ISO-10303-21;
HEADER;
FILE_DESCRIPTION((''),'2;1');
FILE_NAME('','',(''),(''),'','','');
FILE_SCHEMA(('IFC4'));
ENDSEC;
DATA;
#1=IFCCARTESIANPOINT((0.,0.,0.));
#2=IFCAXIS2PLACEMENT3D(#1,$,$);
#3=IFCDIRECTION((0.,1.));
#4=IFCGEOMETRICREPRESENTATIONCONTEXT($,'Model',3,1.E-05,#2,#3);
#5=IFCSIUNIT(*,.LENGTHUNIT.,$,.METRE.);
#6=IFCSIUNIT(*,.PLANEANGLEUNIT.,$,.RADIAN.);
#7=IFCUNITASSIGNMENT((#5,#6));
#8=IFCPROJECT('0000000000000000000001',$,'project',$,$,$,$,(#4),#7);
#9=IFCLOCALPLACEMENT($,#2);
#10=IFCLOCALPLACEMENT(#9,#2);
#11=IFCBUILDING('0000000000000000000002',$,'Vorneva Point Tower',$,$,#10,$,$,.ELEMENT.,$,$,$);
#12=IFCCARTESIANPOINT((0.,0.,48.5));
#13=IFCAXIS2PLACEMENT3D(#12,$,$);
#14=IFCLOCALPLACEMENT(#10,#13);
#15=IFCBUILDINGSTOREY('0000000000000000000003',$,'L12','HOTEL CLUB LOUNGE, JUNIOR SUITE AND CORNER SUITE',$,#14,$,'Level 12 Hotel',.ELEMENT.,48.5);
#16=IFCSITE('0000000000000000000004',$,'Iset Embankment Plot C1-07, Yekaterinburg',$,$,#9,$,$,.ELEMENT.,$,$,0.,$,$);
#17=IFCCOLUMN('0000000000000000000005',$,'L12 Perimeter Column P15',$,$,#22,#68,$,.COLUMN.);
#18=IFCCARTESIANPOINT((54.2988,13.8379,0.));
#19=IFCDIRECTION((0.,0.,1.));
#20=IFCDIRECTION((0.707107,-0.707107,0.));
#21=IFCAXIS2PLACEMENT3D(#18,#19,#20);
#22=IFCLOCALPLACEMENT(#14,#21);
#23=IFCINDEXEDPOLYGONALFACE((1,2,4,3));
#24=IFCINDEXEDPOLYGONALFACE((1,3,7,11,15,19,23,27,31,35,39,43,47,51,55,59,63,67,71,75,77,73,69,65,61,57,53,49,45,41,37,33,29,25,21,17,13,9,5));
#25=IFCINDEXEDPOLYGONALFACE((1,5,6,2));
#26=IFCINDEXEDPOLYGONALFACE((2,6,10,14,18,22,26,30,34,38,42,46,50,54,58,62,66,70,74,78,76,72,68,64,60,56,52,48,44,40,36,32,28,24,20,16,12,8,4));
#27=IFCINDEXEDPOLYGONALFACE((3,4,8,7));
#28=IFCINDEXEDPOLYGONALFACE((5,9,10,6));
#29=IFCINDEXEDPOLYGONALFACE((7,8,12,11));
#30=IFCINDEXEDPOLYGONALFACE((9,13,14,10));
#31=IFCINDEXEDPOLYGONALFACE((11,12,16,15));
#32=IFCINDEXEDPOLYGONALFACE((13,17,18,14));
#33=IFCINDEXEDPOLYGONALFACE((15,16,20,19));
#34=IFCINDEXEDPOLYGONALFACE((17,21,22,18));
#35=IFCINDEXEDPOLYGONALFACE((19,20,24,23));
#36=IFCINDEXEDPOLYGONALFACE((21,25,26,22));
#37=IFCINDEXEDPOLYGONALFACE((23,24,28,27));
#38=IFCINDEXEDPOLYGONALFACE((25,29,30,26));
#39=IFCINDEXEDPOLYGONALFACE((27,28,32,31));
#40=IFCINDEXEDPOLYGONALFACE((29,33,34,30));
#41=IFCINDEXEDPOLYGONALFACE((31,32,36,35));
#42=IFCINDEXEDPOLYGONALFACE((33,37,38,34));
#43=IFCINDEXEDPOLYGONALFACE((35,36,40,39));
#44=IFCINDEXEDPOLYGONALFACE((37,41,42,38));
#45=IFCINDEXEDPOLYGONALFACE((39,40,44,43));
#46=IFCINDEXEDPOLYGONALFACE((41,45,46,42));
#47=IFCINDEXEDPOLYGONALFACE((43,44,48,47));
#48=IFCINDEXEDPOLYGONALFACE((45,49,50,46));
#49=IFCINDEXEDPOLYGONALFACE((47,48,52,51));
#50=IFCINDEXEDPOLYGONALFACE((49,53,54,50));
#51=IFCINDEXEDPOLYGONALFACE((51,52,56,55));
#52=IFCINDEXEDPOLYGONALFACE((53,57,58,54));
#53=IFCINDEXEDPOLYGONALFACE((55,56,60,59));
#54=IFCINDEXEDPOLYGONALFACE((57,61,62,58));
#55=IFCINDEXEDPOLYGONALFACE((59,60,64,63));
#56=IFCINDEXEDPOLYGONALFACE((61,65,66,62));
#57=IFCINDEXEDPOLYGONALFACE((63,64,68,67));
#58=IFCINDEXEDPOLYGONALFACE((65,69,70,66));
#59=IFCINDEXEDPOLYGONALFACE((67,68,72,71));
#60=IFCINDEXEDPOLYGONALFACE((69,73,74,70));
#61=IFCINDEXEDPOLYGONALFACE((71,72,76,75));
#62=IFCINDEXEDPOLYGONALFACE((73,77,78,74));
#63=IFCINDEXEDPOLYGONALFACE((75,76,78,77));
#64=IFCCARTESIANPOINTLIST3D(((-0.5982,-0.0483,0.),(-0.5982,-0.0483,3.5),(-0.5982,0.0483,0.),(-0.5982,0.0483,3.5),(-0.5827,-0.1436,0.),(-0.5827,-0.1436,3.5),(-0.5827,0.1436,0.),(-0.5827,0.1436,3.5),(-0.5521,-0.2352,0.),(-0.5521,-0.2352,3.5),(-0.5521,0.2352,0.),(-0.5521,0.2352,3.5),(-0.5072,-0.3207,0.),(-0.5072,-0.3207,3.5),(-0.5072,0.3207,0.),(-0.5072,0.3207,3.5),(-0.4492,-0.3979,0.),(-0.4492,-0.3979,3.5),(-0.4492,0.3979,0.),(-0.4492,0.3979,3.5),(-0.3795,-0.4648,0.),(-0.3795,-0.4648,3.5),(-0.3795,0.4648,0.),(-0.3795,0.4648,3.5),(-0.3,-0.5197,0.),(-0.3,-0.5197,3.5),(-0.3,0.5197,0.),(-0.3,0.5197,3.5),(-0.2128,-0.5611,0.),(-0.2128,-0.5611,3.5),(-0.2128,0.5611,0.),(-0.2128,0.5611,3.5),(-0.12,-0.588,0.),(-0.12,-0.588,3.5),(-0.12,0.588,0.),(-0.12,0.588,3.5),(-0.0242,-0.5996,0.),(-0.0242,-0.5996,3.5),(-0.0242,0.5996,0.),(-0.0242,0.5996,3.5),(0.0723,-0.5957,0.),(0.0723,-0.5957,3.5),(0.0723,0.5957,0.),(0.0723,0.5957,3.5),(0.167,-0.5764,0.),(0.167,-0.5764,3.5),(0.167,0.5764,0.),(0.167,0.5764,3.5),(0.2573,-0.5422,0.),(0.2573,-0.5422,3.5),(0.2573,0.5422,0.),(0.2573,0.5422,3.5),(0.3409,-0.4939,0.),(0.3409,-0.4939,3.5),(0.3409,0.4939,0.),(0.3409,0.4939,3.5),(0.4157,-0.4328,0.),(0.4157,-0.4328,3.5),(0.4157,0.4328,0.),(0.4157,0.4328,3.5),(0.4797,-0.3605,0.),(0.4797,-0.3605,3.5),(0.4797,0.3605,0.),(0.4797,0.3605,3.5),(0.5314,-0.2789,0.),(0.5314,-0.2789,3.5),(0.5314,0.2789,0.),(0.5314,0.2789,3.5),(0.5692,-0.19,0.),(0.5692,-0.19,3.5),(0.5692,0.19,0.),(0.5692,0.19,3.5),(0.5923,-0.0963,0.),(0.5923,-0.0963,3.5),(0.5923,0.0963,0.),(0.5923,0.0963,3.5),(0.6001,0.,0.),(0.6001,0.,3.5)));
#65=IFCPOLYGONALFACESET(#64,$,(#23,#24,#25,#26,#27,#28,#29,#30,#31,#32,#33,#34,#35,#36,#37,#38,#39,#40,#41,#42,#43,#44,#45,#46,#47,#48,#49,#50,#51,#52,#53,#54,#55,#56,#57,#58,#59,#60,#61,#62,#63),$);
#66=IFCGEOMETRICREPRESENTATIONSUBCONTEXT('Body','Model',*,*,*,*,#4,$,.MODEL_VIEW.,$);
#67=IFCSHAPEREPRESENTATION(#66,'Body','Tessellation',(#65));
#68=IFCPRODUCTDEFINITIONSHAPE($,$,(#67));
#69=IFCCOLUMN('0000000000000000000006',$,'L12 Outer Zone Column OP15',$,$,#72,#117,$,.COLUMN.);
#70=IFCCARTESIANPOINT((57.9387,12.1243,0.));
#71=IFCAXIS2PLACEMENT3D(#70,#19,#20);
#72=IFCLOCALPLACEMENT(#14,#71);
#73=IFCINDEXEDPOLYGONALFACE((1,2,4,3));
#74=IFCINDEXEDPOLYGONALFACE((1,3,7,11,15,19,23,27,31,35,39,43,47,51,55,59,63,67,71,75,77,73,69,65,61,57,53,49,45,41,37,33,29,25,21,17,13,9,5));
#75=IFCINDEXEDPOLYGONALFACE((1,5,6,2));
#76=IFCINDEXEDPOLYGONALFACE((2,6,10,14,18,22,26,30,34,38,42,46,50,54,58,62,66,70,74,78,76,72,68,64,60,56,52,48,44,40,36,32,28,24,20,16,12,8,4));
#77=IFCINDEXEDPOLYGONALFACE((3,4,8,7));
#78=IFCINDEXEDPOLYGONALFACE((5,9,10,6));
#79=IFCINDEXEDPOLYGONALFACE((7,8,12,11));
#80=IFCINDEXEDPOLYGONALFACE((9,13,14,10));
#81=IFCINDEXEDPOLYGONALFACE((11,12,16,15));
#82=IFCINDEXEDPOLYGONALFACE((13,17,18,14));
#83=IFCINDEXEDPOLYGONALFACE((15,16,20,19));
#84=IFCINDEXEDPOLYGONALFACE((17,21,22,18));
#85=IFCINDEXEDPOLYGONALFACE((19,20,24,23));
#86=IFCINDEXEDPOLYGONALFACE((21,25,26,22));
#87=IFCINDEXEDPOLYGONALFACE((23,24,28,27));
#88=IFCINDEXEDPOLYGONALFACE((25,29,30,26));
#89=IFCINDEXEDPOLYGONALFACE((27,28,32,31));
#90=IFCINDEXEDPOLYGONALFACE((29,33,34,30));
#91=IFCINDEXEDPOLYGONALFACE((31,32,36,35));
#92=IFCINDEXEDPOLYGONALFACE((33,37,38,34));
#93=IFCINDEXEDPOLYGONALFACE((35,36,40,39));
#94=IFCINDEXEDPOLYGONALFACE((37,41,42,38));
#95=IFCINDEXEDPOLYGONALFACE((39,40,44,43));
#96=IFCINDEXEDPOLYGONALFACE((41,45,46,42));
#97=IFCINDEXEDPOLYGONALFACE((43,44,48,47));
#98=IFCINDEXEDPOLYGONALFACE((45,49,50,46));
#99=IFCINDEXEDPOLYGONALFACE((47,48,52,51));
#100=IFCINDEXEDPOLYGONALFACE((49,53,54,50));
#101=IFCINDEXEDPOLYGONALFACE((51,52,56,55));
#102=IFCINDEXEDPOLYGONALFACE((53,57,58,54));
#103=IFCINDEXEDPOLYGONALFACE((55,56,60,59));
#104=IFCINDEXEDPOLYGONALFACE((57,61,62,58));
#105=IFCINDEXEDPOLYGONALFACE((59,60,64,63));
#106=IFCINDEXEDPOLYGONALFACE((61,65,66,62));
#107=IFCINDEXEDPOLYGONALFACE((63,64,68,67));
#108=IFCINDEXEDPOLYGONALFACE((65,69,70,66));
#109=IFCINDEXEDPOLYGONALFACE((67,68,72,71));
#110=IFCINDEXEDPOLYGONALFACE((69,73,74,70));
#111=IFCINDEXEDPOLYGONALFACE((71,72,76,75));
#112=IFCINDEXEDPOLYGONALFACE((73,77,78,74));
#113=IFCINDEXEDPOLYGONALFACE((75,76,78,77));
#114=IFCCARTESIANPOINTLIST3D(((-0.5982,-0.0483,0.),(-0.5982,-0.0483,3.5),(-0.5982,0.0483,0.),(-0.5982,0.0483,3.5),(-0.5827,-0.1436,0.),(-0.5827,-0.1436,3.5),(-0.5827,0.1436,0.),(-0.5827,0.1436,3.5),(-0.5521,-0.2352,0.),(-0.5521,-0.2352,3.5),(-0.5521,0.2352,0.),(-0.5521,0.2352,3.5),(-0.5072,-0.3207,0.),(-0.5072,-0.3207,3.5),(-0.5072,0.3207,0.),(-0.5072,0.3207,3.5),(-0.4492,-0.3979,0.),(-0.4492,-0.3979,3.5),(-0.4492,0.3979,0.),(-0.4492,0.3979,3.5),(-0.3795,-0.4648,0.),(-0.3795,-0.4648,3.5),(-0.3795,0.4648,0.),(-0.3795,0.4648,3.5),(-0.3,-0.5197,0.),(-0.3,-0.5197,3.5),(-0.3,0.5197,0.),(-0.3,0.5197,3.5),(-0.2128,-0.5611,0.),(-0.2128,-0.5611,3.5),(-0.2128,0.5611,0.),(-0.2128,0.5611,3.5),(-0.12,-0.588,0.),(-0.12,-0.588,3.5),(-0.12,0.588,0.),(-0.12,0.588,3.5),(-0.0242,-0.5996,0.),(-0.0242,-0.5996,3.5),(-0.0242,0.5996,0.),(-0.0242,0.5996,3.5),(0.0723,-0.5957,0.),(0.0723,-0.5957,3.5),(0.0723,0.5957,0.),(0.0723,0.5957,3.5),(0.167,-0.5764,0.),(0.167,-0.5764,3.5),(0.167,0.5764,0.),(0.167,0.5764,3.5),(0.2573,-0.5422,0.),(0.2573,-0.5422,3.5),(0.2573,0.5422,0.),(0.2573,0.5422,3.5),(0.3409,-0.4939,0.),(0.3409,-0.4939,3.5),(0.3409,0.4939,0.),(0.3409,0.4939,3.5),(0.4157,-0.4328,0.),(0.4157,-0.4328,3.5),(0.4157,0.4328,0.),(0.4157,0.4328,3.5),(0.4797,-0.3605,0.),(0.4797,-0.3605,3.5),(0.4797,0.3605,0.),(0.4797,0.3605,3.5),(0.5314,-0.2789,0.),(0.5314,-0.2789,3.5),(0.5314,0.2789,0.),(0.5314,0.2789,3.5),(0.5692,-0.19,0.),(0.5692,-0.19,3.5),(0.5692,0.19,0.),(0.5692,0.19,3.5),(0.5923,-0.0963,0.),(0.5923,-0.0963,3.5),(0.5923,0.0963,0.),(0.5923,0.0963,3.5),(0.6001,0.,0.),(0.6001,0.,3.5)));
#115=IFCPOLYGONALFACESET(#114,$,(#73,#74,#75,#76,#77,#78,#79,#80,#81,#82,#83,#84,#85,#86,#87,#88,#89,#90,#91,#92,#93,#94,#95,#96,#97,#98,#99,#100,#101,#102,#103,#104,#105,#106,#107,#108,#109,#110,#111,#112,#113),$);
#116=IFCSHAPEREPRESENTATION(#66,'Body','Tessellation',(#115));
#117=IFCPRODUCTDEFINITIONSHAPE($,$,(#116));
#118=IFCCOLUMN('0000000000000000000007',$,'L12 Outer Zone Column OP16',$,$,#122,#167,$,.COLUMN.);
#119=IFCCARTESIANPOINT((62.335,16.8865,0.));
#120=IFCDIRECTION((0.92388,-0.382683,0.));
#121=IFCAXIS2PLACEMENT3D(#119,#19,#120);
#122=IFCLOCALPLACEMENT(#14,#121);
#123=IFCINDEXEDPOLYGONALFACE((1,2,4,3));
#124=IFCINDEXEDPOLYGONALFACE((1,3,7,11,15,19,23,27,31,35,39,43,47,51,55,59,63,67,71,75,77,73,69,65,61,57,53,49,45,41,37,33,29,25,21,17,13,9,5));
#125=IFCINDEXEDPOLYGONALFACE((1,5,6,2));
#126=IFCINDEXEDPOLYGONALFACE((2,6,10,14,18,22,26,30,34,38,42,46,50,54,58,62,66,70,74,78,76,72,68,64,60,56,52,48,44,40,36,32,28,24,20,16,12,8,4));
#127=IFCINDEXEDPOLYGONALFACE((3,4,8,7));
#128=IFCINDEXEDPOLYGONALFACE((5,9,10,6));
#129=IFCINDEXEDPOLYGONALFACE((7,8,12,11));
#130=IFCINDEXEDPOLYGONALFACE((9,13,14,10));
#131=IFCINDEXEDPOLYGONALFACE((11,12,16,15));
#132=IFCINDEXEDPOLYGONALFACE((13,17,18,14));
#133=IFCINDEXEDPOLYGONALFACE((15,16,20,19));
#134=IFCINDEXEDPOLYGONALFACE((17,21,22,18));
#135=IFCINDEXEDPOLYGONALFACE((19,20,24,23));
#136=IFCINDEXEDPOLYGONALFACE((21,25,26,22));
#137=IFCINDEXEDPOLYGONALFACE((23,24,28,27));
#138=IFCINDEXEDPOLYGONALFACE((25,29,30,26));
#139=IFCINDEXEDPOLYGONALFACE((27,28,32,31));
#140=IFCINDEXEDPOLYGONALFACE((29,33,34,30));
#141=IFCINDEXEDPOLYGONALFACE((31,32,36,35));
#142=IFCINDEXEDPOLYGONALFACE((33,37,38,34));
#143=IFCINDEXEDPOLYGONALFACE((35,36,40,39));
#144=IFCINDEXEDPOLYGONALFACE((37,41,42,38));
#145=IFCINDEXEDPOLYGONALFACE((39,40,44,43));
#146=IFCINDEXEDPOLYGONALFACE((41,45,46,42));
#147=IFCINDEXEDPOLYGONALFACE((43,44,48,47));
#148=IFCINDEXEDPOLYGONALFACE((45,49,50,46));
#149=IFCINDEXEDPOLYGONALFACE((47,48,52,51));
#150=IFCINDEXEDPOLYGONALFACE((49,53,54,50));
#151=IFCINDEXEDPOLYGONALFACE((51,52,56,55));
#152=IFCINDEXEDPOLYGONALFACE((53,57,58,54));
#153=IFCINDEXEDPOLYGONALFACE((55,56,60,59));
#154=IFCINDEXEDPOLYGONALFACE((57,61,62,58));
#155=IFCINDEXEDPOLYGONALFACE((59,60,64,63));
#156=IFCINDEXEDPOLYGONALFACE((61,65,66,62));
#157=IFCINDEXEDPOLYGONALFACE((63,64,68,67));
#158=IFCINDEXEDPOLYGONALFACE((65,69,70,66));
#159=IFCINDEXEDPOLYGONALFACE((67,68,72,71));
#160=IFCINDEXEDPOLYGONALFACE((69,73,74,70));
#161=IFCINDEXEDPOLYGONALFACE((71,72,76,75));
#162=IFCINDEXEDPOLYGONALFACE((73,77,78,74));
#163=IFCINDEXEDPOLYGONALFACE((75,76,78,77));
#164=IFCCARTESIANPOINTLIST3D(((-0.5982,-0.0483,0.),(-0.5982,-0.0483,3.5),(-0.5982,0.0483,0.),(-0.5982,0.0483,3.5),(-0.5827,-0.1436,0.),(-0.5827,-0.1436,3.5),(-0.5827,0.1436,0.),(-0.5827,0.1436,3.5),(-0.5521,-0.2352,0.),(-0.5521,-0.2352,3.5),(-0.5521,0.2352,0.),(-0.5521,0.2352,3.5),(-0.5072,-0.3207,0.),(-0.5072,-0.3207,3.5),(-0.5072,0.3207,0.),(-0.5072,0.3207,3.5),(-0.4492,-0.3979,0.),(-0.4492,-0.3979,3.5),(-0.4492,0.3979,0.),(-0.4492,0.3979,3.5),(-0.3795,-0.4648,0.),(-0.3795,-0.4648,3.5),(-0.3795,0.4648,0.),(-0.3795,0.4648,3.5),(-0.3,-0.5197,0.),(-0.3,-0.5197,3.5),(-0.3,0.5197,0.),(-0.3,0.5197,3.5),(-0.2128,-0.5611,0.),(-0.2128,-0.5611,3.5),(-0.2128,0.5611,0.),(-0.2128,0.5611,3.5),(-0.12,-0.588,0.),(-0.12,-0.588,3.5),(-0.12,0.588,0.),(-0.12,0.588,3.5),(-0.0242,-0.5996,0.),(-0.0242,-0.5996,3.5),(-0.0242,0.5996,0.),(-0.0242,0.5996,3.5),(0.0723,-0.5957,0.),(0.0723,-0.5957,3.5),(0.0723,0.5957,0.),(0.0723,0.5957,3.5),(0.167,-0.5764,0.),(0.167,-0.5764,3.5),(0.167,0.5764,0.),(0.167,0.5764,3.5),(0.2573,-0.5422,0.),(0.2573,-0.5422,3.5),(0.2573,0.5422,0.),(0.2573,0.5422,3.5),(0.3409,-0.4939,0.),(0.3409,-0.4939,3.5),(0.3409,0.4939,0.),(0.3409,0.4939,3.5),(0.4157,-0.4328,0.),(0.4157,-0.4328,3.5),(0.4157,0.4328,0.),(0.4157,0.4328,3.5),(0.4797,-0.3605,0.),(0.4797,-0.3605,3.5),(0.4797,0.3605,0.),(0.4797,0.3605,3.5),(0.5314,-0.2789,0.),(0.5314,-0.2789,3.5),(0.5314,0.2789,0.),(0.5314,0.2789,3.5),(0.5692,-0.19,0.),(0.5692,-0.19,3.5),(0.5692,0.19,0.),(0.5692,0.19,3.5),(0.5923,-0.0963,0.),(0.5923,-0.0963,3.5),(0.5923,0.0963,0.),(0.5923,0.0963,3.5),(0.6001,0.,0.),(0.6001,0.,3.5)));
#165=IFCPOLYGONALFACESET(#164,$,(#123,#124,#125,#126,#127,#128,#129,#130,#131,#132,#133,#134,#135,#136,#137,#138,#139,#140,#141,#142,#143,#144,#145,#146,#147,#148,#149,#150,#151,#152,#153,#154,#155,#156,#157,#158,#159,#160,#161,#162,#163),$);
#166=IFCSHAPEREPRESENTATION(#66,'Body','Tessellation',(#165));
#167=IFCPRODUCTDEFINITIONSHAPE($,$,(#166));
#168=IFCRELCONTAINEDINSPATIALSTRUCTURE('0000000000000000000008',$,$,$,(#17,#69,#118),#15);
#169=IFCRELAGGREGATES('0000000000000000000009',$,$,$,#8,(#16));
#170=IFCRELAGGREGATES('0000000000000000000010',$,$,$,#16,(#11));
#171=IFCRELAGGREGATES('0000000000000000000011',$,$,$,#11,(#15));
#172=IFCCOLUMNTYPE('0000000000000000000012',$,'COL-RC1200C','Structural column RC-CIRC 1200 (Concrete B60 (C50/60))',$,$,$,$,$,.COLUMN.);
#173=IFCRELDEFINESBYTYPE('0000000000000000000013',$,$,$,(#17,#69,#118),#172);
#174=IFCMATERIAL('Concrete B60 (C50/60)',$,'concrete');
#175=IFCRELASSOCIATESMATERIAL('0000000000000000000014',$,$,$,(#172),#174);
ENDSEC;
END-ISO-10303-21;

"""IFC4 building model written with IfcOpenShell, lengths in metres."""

from ifc_helpers import new_model, si_unit, direction, frame, origin, origin_2d, place, context, subcontext, project, spatial, circle, extrude, material, material_profile, profile_set, type_object, element, save


model = new_model("IFC4")

# Units and contexts
model_context = context("Model", 3, precision=1e-05, world=origin(), true_north=direction((0.0, 1.0)))
body_context = subcontext(model_context, "Body", "Model", "MODEL_VIEW")
ifc_project = project(units=[si_unit("LENGTHUNIT", "METRE"), si_unit("PLANEANGLEUNIT", "RADIAN")], contexts=[model_context])

# Site, building, storey
site_placement = place(None, origin())
site = spatial("IfcSite", under=ifc_project, at=site_placement, Name="Iset Embankment Plot C1-07, Yekaterinburg", CompositionType="ELEMENT", RefElevation=0.0)
building_placement = place(site_placement, origin())
building = spatial("IfcBuilding", under=site, at=building_placement, Name="Vorneva Point Tower", CompositionType="ELEMENT")
storey_placement = place(building_placement, frame((0.0, 0.0, 48.5)))
storey = spatial("IfcBuildingStorey", under=building, at=storey_placement, Name="L12", Description="HOTEL CLUB LOUNGE, JUNIOR SUITE AND CORNER SUITE", LongName="Level 12 Hotel", CompositionType="ELEMENT", Elevation=48.5)

# Columns
ifc_material_1 = material(Name="Concrete B60 (C50/60)", Category="concrete")
ifc_material_profile_1 = material_profile(ifc_material_1, circle(Radius=0.6001, at=origin_2d()), Name="RC-CIRC 1200")
ifc_profile_set_1 = profile_set([ifc_material_profile_1], Name="Concrete B60 (C50/60)")
column_type_1 = type_object("IfcColumnType", Name="COL-RC1200C", Description="Structural column RC-CIRC 1200 (Concrete B60 (C50/60))", PredefinedType="COLUMN", material=ifc_profile_set_1)
for number, where, z_axis, x_axis, name in (
    (1, (54.2988, 13.8379, 0.0), (0.0, 0.0, 1.0), (0.707107, -0.707107, 0.0), "L12 Perimeter Column P15"),
    (2, (57.9387, 12.1243, 0.0), (0.0, 0.0, 1.0), (0.707107, -0.707107, 0.0), "L12 Outer Zone Column OP15"),
    (3, (62.335, 16.8865, 0.0), (0.0, 0.0, 1.0), (0.92388, -0.382683, 0.0), "L12 Outer Zone Column OP16"),
):
    element("IfcColumn", number, at=place(storey_placement, frame(where, z_axis=z_axis, x_axis=x_axis)), inside=storey, type_object=column_type_1, Name=name, PredefinedType="COLUMN", context=body_context, shape_type="SweptSolid", body=[
        extrude(circle(Radius=0.6001, at=origin_2d()), origin(), (0.0, 0.0, 1.0), 3.5),
    ])

save(model, "model.ifc")
